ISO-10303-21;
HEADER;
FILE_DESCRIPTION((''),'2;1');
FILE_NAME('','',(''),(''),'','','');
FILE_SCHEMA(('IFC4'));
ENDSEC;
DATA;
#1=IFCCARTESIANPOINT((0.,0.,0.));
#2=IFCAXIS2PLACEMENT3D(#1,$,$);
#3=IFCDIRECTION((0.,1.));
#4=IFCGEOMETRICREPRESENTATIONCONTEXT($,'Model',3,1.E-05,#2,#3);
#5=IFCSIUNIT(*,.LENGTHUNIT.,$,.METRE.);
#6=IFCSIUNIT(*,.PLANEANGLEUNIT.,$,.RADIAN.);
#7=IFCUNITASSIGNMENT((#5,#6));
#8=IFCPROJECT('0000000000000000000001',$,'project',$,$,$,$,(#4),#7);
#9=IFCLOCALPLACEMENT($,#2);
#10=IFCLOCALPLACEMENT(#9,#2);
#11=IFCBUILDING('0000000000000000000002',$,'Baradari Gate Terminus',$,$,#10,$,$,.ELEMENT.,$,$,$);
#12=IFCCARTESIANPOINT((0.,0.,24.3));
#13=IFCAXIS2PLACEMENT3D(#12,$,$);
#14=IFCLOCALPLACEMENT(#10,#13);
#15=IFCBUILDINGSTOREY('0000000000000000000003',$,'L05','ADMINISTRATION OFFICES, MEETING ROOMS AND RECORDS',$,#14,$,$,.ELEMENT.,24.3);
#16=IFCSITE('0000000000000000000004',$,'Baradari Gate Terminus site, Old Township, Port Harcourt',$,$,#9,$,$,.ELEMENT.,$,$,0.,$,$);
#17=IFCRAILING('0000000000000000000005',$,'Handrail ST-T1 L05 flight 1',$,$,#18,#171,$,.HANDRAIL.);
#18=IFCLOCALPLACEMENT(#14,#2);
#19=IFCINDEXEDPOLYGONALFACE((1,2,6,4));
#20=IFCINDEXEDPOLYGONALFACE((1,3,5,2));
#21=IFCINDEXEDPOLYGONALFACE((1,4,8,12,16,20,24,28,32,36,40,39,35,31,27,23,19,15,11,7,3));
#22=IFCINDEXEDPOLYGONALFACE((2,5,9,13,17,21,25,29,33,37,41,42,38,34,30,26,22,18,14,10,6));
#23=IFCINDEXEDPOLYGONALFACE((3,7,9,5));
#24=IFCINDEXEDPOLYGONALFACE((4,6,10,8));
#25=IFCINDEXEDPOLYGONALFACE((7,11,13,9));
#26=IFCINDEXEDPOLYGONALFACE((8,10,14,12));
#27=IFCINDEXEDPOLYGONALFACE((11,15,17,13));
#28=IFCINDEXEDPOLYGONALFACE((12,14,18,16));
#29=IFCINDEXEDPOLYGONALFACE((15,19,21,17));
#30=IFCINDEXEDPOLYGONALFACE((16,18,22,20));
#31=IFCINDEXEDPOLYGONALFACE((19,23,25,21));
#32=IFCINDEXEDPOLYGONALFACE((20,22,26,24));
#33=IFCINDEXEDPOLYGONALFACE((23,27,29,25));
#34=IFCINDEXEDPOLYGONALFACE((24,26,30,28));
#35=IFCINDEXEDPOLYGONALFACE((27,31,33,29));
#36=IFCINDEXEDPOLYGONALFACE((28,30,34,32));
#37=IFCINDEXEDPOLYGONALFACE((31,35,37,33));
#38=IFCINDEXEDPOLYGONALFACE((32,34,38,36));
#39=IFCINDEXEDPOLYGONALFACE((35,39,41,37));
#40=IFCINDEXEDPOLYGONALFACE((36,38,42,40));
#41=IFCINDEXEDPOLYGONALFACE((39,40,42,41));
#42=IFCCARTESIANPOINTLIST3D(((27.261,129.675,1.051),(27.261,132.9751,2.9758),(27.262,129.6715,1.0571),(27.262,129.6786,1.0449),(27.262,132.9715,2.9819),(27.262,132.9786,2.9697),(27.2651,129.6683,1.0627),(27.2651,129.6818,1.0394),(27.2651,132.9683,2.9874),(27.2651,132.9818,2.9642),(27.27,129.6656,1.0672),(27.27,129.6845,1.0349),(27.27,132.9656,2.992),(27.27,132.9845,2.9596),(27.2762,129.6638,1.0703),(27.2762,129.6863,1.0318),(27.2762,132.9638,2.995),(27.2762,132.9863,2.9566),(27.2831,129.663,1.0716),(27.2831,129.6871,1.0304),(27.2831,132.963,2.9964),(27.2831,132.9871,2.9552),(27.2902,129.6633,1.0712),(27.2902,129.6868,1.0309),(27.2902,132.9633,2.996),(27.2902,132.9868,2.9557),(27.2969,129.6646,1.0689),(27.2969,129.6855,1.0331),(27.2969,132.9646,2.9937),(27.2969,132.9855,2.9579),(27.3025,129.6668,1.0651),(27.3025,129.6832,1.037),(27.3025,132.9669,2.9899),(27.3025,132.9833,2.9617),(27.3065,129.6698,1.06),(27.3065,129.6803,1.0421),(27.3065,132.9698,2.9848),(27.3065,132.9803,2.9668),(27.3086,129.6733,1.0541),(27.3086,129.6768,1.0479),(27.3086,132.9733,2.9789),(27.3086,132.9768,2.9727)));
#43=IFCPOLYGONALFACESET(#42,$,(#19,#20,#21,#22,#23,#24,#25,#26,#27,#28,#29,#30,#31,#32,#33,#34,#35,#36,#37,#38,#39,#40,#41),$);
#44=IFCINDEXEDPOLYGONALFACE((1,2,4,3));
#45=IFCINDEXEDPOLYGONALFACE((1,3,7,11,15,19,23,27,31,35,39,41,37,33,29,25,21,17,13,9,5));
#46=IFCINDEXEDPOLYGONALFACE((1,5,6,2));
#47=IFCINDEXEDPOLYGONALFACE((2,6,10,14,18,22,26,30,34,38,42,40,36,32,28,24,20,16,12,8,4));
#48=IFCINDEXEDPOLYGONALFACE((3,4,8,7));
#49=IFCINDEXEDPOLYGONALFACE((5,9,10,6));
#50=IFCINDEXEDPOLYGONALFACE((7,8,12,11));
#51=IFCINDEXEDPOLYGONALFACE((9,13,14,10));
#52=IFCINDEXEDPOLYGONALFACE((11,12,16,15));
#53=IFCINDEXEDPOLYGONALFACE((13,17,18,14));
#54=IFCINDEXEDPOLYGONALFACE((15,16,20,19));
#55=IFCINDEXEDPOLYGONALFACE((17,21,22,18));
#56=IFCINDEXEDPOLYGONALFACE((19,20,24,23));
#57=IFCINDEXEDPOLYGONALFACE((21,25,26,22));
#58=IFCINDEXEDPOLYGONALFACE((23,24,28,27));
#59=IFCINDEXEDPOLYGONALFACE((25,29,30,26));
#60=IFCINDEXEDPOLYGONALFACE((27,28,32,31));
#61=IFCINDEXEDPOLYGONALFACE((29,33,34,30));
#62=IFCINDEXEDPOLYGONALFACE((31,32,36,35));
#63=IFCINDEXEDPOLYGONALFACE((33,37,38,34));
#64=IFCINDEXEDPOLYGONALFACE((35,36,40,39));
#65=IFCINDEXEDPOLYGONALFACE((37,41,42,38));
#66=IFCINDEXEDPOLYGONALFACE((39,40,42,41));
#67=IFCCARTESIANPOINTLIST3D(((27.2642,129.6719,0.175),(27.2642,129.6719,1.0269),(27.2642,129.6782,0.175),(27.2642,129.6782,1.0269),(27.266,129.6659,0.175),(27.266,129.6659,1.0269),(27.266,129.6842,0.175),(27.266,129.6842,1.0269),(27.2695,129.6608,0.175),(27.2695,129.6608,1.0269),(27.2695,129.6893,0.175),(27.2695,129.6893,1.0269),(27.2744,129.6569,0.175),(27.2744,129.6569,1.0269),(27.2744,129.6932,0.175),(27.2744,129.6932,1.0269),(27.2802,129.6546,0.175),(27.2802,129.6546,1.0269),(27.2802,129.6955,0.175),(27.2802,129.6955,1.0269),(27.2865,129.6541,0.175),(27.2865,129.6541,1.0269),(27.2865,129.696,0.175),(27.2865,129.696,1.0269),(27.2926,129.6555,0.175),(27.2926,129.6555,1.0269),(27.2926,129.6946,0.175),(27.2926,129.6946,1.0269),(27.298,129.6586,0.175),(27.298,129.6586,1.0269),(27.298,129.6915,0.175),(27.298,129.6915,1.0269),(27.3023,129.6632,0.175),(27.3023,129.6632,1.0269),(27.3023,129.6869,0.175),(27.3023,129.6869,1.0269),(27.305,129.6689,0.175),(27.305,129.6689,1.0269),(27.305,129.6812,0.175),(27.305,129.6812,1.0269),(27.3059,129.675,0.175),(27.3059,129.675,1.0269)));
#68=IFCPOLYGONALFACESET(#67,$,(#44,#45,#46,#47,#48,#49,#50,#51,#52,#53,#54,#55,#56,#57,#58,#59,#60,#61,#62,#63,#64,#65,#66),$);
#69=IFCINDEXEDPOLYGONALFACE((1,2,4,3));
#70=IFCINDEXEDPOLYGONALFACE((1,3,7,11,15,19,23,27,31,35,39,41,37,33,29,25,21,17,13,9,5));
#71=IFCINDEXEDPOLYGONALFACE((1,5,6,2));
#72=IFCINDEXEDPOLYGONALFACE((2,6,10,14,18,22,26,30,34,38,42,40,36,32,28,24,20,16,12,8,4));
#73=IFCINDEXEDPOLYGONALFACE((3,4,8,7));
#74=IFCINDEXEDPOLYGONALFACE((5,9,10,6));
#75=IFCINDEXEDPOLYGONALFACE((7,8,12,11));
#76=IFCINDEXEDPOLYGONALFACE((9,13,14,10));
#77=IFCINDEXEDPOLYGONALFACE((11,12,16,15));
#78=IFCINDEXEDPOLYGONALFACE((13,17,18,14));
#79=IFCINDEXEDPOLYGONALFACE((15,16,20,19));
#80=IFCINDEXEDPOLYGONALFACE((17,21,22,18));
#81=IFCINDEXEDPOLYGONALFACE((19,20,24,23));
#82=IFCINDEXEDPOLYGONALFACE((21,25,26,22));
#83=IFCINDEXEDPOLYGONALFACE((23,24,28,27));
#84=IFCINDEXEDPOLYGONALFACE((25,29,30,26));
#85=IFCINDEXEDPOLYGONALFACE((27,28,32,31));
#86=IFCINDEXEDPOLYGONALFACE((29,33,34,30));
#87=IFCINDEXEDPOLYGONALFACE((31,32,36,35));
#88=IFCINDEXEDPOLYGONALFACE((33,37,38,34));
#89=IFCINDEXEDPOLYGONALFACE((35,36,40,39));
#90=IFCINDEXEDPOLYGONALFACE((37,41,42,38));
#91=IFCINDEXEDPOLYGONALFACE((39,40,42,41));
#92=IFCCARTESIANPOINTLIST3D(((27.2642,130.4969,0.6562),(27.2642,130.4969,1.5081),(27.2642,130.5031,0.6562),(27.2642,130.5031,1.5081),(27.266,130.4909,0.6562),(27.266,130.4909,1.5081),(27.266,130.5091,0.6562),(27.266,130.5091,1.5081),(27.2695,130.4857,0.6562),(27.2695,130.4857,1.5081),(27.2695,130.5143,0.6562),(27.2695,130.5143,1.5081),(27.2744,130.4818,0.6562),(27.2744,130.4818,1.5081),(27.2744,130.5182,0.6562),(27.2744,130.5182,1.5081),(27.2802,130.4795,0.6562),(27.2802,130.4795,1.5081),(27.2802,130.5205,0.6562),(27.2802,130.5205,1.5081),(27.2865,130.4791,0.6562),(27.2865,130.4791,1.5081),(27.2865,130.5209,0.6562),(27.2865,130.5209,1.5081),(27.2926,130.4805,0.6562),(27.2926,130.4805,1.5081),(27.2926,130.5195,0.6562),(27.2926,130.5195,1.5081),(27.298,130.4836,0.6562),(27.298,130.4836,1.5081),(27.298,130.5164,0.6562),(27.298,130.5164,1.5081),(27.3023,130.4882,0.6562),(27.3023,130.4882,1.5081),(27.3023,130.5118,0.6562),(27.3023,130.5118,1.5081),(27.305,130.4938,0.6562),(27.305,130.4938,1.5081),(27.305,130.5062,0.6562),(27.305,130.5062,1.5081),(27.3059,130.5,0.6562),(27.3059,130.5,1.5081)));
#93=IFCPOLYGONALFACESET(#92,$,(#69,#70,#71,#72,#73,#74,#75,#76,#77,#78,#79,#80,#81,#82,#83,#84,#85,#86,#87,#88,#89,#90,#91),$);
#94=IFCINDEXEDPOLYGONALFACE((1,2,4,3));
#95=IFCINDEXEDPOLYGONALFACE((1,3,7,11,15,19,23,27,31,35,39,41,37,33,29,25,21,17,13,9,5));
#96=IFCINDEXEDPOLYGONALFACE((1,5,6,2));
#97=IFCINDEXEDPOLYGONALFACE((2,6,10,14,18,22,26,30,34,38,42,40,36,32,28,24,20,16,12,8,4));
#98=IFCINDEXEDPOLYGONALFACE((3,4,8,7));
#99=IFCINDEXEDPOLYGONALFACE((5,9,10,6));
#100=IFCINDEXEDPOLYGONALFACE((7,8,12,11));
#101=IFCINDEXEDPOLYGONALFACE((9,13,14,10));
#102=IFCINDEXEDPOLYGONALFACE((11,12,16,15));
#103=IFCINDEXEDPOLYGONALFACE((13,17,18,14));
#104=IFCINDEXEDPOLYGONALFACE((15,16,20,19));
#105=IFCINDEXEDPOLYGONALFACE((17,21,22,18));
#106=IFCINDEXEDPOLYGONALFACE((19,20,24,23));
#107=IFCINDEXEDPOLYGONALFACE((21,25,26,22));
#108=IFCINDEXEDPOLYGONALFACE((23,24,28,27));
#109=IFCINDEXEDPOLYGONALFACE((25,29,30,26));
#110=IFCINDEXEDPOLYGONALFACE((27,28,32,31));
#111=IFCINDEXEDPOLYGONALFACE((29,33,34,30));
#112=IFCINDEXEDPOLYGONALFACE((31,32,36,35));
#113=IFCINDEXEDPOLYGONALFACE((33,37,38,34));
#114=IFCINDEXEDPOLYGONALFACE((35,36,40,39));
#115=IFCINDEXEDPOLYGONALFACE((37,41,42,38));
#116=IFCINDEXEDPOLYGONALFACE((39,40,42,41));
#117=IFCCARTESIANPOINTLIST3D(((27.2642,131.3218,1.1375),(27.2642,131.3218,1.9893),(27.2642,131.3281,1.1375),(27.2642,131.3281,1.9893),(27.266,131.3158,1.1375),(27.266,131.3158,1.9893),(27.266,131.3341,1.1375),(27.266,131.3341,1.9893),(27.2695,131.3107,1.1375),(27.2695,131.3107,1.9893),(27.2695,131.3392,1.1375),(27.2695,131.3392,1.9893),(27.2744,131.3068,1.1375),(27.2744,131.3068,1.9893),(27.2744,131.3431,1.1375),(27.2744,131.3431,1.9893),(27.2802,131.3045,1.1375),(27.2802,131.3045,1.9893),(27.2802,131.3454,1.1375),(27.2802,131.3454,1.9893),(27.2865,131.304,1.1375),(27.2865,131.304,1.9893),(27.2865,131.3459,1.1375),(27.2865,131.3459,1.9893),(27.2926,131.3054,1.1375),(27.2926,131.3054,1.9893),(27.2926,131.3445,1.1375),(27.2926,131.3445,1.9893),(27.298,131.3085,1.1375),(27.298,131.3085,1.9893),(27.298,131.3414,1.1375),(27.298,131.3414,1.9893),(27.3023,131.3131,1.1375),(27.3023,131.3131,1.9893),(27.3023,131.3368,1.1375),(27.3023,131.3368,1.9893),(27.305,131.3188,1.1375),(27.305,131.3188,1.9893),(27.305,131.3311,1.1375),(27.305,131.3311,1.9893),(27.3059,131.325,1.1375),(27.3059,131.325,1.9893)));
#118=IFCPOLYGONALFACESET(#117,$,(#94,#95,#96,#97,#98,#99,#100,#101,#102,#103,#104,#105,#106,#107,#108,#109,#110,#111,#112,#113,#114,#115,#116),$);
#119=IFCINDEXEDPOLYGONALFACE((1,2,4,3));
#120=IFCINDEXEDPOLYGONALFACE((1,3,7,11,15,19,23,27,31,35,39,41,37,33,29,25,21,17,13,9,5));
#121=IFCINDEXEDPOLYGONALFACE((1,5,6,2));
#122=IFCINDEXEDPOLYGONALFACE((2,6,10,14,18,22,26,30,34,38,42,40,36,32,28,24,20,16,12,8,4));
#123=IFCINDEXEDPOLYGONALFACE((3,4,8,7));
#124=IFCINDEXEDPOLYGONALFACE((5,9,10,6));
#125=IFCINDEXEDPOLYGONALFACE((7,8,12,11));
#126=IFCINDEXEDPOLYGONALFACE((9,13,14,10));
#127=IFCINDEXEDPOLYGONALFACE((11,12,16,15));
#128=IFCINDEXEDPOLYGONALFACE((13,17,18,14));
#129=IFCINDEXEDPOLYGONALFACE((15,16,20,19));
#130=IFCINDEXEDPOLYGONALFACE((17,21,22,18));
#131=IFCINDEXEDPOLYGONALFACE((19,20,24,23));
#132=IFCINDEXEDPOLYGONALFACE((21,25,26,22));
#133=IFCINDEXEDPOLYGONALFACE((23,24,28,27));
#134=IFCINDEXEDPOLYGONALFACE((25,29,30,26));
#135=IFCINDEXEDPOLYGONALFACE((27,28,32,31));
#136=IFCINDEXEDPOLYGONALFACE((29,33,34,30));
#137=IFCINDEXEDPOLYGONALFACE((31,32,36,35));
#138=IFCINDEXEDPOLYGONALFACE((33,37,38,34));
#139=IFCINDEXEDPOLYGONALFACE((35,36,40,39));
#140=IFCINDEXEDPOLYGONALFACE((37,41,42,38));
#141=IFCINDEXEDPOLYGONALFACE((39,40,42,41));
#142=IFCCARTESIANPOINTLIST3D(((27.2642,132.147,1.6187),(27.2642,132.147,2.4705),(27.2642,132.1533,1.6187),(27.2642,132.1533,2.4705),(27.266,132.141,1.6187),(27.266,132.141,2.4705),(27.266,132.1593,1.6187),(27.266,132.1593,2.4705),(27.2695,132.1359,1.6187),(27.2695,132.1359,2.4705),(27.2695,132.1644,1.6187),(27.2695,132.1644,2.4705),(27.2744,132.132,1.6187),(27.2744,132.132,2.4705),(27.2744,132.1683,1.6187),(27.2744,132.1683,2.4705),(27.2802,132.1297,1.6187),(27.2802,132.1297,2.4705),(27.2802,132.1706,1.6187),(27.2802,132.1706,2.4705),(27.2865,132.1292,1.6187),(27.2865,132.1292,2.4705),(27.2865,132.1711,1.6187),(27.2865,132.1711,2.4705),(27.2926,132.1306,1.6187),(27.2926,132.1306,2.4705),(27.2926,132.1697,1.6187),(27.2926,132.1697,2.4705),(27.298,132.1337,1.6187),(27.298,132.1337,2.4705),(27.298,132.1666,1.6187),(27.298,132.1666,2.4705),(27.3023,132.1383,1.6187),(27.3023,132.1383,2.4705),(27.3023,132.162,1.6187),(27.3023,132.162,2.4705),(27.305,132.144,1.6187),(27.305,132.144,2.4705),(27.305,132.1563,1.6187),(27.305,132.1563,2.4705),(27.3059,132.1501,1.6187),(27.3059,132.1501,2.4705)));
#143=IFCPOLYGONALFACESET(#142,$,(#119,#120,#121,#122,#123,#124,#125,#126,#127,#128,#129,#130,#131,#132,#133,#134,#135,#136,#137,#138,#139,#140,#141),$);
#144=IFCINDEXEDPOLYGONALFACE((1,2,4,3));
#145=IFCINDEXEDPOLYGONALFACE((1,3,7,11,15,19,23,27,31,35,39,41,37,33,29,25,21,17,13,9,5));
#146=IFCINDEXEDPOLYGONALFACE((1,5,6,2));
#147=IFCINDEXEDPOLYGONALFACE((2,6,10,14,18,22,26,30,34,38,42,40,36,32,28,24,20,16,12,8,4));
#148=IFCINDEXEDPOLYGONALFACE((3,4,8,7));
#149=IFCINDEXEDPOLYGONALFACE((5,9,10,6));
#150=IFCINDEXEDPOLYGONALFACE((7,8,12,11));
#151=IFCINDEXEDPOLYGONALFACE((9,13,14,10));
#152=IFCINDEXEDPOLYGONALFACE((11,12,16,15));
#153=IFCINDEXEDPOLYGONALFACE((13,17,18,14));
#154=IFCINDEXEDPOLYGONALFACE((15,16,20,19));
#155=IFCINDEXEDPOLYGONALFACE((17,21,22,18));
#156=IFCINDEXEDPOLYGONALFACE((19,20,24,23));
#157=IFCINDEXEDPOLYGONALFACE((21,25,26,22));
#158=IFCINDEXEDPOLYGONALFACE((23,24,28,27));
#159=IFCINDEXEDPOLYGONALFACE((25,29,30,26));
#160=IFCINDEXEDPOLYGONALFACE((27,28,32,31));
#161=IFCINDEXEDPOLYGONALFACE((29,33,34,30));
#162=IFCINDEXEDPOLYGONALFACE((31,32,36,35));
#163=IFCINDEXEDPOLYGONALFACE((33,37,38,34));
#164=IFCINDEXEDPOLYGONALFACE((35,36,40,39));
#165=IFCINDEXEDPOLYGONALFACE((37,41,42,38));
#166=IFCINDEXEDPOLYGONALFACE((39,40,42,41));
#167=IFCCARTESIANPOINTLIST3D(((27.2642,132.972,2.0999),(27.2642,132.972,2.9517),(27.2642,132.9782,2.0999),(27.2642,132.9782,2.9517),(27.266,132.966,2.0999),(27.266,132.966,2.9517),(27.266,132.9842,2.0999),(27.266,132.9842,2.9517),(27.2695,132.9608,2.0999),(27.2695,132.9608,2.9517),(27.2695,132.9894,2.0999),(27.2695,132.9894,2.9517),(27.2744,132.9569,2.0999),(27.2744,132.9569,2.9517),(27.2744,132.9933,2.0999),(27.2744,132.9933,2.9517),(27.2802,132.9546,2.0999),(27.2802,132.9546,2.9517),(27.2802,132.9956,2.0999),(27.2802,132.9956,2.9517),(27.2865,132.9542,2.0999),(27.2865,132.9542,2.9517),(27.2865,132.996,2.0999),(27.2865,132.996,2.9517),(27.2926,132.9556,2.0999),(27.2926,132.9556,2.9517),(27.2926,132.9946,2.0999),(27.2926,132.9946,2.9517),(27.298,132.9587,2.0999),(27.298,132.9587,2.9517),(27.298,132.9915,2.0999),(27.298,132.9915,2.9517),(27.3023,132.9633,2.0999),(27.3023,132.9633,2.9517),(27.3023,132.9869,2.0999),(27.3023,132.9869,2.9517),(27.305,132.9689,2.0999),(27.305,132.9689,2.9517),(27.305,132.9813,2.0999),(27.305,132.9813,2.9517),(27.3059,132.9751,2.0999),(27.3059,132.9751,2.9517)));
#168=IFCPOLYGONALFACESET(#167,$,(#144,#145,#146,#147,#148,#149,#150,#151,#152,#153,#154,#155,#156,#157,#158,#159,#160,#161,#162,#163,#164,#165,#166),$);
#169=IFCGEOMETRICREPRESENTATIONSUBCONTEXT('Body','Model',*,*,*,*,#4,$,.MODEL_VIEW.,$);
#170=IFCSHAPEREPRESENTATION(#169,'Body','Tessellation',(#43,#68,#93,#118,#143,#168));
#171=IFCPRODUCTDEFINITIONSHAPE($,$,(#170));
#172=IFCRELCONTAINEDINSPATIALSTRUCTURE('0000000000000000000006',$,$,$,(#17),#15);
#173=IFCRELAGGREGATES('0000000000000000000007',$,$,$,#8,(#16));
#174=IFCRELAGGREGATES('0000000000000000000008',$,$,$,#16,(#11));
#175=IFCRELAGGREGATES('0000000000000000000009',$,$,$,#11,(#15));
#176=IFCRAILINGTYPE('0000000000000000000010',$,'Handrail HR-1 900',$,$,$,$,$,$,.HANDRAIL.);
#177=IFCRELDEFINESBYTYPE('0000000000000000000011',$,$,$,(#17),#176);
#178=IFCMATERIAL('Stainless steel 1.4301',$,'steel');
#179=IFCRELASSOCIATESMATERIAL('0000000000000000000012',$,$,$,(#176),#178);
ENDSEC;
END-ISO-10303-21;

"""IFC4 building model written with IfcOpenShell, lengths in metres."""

from ifc_helpers import new_model, si_unit, direction, frame, origin, origin_2d, place, context, subcontext, project, spatial, circle, extrude, material, type_object, element, save


model = new_model("IFC4")

# Units and contexts
model_context = context("Model", 3, precision=1e-05, world=origin(), true_north=direction((0.0, 1.0)))
body_context = subcontext(model_context, "Body", "Model", "MODEL_VIEW")
ifc_project = project(units=[si_unit("LENGTHUNIT", "METRE"), si_unit("PLANEANGLEUNIT", "RADIAN")], contexts=[model_context])

# Site, building, storey
site_placement = place(None, origin())
site = spatial("IfcSite", under=ifc_project, at=site_placement, Name="Baradari Gate Terminus site, Old Township, Port Harcourt", CompositionType="ELEMENT", RefElevation=0.0)
building_placement = place(site_placement, origin())
building = spatial("IfcBuilding", under=site, at=building_placement, Name="Baradari Gate Terminus", CompositionType="ELEMENT")
storey_placement = place(building_placement, frame((0.0, 0.0, 24.3)))
storey = spatial("IfcBuildingStorey", under=building, at=storey_placement, Name="L05", Description="ADMINISTRATION OFFICES, MEETING ROOMS AND RECORDS", CompositionType="ELEMENT", Elevation=24.3)

# Railing
ifc_material_1 = material(Name="Stainless steel 1.4301", Category="steel")
railing_type = type_object("IfcRailingType", Name="Handrail HR-1 900", PredefinedType="HANDRAIL", material=ifc_material_1)
for number, where, name in (
    (1, (27.2849, 129.675, 0.175), "Handrail ST-T1 L05 flight 1"),
):
    element("IfcRailing", number, at=place(storey_placement, frame(where)), inside=storey, type_object=railing_type, Name=name, PredefinedType="HANDRAIL", context=body_context, shape_type="SweptSolid", body=[
        extrude(circle(Radius=0.0239, at=origin_2d()), frame((0.0, 0.0, 0.876), z_axis=(0.0, 0.863804, 0.503827), x_axis=(-1.0, 0.0, 0.0)), (0.0, 0.0, 1.0), 3.8203),
        extrude(circle(Radius=0.021, at=origin_2d()), origin(), (0.0, 0.0, 1.0), 0.8518),
        extrude(circle(Radius=0.021, at=origin_2d()), frame((0.0, 0.825, 0.4812)), (0.0, 0.0, 1.0), 0.8518),
        extrude(circle(Radius=0.021, at=origin_2d()), frame((0.0, 1.6499, 0.9624)), (0.0, 0.0, 1.0), 0.8518),
        extrude(circle(Radius=0.021, at=origin_2d()), frame((0.0, 2.4751, 1.4436)), (0.0, 0.0, 1.0), 0.8518),
        extrude(circle(Radius=0.021, at=origin_2d()), frame((0.0, 3.3, 1.9248)), (0.0, 0.0, 1.0), 0.8518),
    ])

save(model, "model.ifc")
